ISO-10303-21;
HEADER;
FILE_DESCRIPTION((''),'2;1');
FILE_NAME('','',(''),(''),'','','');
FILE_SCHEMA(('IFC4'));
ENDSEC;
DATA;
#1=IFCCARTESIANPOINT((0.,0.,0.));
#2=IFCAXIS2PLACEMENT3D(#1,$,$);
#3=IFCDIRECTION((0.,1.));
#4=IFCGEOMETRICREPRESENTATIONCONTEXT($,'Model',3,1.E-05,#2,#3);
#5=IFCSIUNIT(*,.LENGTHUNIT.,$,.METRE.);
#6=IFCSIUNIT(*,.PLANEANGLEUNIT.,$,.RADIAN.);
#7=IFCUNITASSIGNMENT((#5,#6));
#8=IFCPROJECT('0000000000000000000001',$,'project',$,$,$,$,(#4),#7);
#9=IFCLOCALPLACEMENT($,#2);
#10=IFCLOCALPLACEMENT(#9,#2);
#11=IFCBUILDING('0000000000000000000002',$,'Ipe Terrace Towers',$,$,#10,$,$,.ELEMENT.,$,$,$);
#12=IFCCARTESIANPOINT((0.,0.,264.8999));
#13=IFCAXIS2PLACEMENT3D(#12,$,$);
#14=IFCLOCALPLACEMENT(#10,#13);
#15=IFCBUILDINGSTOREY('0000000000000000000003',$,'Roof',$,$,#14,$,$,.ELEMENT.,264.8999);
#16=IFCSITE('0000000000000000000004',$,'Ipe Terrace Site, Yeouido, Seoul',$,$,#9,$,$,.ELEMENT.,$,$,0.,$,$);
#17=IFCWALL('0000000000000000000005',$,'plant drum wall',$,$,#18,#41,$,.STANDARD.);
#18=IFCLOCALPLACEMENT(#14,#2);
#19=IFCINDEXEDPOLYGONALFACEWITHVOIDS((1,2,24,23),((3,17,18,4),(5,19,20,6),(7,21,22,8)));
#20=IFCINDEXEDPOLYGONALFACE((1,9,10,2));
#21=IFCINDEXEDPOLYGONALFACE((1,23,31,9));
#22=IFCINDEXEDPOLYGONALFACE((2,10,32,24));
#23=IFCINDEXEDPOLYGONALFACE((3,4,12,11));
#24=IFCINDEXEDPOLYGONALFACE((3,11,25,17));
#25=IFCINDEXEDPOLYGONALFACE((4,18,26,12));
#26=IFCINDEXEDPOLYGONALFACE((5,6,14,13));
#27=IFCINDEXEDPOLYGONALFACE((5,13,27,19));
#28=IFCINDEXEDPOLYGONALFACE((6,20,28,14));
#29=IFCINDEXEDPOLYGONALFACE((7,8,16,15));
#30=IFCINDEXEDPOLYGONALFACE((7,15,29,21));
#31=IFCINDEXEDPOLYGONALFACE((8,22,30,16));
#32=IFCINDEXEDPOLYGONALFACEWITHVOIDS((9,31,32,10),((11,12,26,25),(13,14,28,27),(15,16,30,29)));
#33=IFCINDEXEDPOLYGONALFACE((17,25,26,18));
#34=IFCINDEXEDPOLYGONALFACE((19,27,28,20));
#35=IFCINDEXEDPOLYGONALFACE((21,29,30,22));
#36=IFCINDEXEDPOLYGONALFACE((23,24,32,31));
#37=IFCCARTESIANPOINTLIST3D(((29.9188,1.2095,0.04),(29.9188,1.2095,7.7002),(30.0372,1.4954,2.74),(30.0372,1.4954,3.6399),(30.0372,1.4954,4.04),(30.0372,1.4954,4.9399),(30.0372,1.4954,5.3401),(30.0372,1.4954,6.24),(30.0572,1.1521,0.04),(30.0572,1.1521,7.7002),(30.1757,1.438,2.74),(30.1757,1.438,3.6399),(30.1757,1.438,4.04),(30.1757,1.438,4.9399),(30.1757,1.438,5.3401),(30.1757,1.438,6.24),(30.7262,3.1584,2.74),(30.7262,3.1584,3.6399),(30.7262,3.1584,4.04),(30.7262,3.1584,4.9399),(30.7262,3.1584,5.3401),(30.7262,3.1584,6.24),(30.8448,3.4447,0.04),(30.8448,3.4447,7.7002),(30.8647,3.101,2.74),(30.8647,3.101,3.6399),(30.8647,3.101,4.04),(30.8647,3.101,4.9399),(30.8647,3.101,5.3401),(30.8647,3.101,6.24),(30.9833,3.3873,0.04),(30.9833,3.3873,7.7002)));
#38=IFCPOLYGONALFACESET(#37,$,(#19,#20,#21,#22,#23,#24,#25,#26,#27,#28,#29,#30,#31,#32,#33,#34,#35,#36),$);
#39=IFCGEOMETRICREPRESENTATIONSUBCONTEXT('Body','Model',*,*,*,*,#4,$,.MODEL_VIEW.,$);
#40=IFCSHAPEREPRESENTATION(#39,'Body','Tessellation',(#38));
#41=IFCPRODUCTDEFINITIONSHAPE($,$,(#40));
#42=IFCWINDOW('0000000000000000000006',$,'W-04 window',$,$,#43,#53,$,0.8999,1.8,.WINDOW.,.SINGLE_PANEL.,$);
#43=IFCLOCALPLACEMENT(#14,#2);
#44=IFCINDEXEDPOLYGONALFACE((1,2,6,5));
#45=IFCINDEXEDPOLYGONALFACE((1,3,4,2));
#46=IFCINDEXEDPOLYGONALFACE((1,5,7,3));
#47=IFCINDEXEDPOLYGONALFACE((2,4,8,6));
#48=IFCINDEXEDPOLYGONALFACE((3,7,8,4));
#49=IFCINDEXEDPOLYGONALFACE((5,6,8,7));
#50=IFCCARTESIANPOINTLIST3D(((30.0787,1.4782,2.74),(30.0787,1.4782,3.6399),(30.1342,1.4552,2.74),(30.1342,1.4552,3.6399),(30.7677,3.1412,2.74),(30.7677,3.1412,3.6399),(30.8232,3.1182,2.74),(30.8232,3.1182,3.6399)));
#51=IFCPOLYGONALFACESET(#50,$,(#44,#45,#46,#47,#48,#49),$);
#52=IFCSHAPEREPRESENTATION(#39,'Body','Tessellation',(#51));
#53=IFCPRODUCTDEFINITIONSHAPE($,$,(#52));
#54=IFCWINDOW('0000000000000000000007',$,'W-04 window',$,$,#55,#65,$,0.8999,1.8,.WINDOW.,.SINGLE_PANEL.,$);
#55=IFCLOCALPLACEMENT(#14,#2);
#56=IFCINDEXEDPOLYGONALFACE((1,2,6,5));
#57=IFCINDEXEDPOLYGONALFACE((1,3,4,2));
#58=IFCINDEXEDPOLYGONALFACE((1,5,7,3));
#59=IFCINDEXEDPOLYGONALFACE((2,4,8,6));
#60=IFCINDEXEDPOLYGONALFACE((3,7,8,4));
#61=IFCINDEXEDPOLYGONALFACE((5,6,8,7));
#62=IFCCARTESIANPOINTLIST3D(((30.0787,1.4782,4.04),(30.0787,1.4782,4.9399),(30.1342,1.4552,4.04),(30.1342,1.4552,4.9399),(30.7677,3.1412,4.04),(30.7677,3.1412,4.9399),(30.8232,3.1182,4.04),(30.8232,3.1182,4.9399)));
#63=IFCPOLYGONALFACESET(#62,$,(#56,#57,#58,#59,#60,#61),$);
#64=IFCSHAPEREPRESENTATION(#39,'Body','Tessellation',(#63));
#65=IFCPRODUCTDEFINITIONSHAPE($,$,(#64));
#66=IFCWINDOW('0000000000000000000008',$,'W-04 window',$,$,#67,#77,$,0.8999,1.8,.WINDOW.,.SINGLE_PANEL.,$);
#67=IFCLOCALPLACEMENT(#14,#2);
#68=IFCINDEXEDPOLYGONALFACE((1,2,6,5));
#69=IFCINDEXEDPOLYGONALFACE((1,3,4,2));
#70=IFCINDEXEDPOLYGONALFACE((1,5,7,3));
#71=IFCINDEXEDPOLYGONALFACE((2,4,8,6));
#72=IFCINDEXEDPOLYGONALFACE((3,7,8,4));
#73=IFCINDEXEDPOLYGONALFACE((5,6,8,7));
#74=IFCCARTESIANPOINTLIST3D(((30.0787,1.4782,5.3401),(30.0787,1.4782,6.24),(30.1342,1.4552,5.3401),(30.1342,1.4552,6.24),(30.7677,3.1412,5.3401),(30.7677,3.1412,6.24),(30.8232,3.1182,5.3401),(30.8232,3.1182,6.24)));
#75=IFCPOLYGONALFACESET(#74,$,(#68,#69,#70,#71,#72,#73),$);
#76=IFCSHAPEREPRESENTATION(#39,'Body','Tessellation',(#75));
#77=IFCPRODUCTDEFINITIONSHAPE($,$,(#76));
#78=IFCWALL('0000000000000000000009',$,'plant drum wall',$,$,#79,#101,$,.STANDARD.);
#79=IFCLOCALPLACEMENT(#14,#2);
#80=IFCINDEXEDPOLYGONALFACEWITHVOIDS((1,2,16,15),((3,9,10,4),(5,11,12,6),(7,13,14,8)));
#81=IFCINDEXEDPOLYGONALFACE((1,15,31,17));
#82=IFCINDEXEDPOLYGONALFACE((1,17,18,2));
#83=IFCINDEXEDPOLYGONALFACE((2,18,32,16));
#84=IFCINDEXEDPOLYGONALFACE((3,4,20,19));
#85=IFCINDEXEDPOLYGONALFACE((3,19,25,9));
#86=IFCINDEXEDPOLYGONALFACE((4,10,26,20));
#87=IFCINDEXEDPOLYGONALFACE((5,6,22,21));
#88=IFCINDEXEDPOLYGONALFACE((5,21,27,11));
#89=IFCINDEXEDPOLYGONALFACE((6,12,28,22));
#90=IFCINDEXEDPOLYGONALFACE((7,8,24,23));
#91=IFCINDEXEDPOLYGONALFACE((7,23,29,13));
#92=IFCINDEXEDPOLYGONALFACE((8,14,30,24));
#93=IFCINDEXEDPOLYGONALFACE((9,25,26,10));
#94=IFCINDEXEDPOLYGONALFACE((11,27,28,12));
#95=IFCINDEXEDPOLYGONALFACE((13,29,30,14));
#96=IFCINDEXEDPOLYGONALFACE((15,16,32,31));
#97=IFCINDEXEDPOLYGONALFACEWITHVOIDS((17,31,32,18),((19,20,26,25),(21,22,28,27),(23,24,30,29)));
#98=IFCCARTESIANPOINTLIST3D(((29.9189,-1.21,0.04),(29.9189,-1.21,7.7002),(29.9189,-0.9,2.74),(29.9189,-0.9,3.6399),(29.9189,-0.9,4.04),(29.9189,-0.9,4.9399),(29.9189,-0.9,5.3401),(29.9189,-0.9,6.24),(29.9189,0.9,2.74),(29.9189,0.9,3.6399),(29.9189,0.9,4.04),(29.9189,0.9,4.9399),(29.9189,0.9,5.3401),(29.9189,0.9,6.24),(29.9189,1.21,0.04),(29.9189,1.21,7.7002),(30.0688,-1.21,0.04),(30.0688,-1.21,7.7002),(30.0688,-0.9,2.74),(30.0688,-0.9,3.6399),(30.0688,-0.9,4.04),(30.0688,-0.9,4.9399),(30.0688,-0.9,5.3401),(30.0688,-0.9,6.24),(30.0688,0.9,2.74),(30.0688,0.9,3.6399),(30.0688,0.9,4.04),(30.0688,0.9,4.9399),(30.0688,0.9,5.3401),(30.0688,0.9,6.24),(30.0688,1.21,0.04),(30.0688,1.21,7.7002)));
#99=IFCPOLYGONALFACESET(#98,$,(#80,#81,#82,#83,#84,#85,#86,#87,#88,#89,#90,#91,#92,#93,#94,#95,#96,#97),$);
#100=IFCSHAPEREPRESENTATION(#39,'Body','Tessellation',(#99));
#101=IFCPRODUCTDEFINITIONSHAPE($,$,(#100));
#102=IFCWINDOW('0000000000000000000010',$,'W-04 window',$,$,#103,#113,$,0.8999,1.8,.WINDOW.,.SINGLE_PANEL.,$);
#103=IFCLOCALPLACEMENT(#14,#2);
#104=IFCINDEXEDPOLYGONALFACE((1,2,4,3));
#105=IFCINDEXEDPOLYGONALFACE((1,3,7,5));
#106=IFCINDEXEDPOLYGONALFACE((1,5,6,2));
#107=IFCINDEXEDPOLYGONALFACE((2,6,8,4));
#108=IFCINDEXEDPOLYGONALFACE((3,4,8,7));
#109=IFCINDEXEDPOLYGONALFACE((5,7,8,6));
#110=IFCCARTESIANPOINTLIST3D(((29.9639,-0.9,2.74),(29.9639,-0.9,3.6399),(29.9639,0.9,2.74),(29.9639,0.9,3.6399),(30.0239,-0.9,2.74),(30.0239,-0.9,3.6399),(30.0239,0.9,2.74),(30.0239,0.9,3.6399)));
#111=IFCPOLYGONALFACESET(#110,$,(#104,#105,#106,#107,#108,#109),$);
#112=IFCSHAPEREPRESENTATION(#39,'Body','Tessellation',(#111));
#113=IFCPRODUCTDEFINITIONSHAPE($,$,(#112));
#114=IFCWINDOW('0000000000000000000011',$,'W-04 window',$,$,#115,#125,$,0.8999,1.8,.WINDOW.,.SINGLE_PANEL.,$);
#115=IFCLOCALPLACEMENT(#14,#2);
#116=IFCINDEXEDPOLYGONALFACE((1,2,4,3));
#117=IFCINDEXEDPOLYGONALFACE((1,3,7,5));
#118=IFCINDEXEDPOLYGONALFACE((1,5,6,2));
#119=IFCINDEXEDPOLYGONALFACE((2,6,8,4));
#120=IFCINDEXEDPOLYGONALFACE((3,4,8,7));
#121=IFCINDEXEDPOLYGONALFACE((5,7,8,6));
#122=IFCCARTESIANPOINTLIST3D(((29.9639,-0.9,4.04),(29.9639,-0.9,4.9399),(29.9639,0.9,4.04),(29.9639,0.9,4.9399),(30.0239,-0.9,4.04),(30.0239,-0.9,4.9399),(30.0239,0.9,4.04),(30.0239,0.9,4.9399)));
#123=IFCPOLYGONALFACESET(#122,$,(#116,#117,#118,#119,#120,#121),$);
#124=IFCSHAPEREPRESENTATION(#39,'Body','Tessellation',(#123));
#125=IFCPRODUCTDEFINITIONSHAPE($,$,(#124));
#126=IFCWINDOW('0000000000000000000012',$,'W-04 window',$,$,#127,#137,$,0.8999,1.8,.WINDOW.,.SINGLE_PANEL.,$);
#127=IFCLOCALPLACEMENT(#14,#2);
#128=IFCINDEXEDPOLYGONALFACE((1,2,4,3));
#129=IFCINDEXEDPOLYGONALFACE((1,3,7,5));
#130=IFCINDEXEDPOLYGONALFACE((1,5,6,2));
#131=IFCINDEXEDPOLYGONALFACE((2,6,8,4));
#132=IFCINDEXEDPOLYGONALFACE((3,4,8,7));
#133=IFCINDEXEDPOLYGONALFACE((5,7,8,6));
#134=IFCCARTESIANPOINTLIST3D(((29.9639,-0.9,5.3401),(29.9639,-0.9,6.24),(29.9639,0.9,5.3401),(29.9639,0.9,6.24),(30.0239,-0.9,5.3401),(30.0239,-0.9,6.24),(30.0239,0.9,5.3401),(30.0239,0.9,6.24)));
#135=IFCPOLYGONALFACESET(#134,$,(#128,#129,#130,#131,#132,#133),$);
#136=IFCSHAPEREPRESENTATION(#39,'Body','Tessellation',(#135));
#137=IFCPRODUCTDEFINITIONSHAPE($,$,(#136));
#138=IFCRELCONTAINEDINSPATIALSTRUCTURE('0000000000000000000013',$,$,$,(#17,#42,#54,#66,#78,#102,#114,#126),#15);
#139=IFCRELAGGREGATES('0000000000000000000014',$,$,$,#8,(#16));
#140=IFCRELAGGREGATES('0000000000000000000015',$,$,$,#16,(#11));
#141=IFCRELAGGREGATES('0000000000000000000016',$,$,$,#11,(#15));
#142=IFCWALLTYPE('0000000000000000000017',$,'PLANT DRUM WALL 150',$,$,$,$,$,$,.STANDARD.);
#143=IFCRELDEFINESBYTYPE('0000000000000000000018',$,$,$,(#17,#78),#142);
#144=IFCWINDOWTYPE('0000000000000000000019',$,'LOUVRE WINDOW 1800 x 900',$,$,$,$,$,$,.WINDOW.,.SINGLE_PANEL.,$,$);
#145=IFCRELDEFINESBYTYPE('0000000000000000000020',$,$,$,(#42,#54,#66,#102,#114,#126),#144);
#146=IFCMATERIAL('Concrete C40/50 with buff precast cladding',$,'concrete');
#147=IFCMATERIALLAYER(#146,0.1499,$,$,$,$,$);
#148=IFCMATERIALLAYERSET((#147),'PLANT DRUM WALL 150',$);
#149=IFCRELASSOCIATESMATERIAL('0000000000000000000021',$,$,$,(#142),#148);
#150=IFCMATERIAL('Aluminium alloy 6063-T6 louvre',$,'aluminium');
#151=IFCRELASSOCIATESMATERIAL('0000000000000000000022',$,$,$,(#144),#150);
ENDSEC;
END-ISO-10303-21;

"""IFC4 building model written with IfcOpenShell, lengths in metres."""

from ifc_helpers import new_model, si_unit, direction, frame, frame_2d, origin, place, context, subcontext, project, spatial, rectangle, extrude, material, layer, layer_set, type_object, element, fill, save


model = new_model("IFC4")

# Units and contexts
model_context = context("Model", 3, precision=1e-05, world=origin(), true_north=direction((0.0, 1.0)))
body_context = subcontext(model_context, "Body", "Model", "MODEL_VIEW")
ifc_project = project(units=[si_unit("LENGTHUNIT", "METRE"), si_unit("PLANEANGLEUNIT", "RADIAN")], contexts=[model_context])

# Site, building, storey
site_placement = place(None, origin())
site = spatial("IfcSite", under=ifc_project, at=site_placement, Name="Ipe Terrace Site, Yeouido, Seoul", CompositionType="ELEMENT", RefElevation=0.0)
building_placement = place(site_placement, origin())
building = spatial("IfcBuilding", under=site, at=building_placement, Name="Ipe Terrace Towers", CompositionType="ELEMENT")
storey_placement = place(building_placement, frame((0.0, 0.0, 264.8999)))
storey = spatial("IfcBuildingStorey", under=building, at=storey_placement, Name="Roof", CompositionType="ELEMENT", Elevation=264.8999)

# Walls, openings, windows
ifc_material_1 = material(Name="Concrete C40/50 with buff precast cladding", Category="concrete")
ifc_layer_1 = layer(ifc_material_1, 0.1499)
ifc_layer_set_1 = layer_set([ifc_layer_1], Name="PLANT DRUM WALL 150")
wall_type_1 = type_object("IfcWallType", Name="PLANT DRUM WALL 150", PredefinedType="STANDARD", material=ifc_layer_set_1)
ifc_material_2 = material(Name="Aluminium alloy 6063-T6 louvre", Category="aluminium")
window_type = type_object("IfcWindowType", Name="LOUVRE WINDOW 1800 x 900", PartitioningType="SINGLE_PANEL", PredefinedType="WINDOW", material=ifc_material_2)
wall_1_placement = place(storey_placement, frame((30.9141, 3.416, 0.04), z_axis=(0.0, 0.0, 1.0), x_axis=(-0.382759, -0.923848, 0.0)))
wall_1 = element("IfcWall", 1, at=wall_1_placement, inside=storey, type_object=wall_type_1, Name="plant drum wall", PredefinedType="STANDARD", context=body_context, shape_type="SweptSolid", body=[
    extrude(rectangle(XDim=2.4194, YDim=0.1499, at=frame_2d((1.2097, 0.0))), origin(), (0.0, 0.0, 1.0), 7.6602),
])
opening_1_placement = place(wall_1_placement, frame((0.3101, 0.0, 2.7)))
opening_1 = element("IfcOpeningElement", 2, at=opening_1_placement, cuts=wall_1, PredefinedType="OPENING", context=body_context, shape_type="SweptSolid", body=[
    extrude(rectangle(XDim=1.8, YDim=0.8999, at=frame_2d((0.8999, 0.45))), frame((0.0, 0.085, 0.0), z_axis=(0.0, -1.0, 0.0), x_axis=(1.0, 0.0, 0.0)), (0.0, 0.0, 1.0), 0.1699),
])
opening_2_placement = place(wall_1_placement, frame((0.3101, 0.0, 4.0)))
opening_2 = element("IfcOpeningElement", 3, at=opening_2_placement, cuts=wall_1, PredefinedType="OPENING", context=body_context, shape_type="SweptSolid", body=[
    extrude(rectangle(XDim=1.8, YDim=0.8999, at=frame_2d((0.8999, 0.45))), frame((0.0, 0.085, 0.0), z_axis=(0.0, -1.0, 0.0), x_axis=(1.0, 0.0, 0.0)), (0.0, 0.0, 1.0), 0.1699),
])
opening_3_placement = place(wall_1_placement, frame((0.3101, 0.0, 5.3)))
opening_3 = element("IfcOpeningElement", 4, at=opening_3_placement, cuts=wall_1, PredefinedType="OPENING", context=body_context, shape_type="SweptSolid", body=[
    extrude(rectangle(XDim=1.8, YDim=0.8999, at=frame_2d((0.8999, 0.45))), frame((0.0, 0.085, 0.0), z_axis=(0.0, -1.0, 0.0), x_axis=(1.0, 0.0, 0.0)), (0.0, 0.0, 1.0), 0.1699),
])
window_1_placement = place(opening_1_placement, origin())
window_1 = element("IfcWindow", 5, at=window_1_placement, inside=storey, type_object=window_type, Name="W-04 window", OverallHeight=0.8999, OverallWidth=1.8, PartitioningType="SINGLE_PANEL", PredefinedType="WINDOW", context=body_context, shape_type="SweptSolid", body=[
    extrude(rectangle(XDim=1.8, YDim=0.8999, at=frame_2d((0.8999, 0.45))), frame((0.0, 0.03, 0.0), z_axis=(0.0, -1.0, 0.0), x_axis=(1.0, 0.0, 0.0)), (0.0, 0.0, 1.0), 0.0601),
])
fill(opening_1, window_1)
window_2_placement = place(opening_2_placement, origin())
window_2 = element("IfcWindow", 6, at=window_2_placement, inside=storey, type_object=window_type, Name="W-04 window", OverallHeight=0.8999, OverallWidth=1.8, PartitioningType="SINGLE_PANEL", PredefinedType="WINDOW", context=body_context, shape_type="SweptSolid", body=[
    extrude(rectangle(XDim=1.8, YDim=0.8999, at=frame_2d((0.8999, 0.45))), frame((0.0, 0.03, 0.0), z_axis=(0.0, -1.0, 0.0), x_axis=(1.0, 0.0, 0.0)), (0.0, 0.0, 1.0), 0.0601),
])
fill(opening_2, window_2)
window_3_placement = place(opening_3_placement, origin())
window_3 = element("IfcWindow", 7, at=window_3_placement, inside=storey, type_object=window_type, Name="W-04 window", OverallHeight=0.8999, OverallWidth=1.8, PartitioningType="SINGLE_PANEL", PredefinedType="WINDOW", context=body_context, shape_type="SweptSolid", body=[
    extrude(rectangle(XDim=1.8, YDim=0.8999, at=frame_2d((0.8999, 0.45))), frame((0.0, 0.03, 0.0), z_axis=(0.0, -1.0, 0.0), x_axis=(1.0, 0.0, 0.0)), (0.0, 0.0, 1.0), 0.0601),
])
fill(opening_3, window_3)
wall_2_placement = place(storey_placement, frame((29.9939, 1.21, 0.04), z_axis=(0.0, 0.0, 1.0), x_axis=(0.0, -1.0, 0.0)))
wall_2 = element("IfcWall", 8, at=wall_2_placement, inside=storey, type_object=wall_type_1, Name="plant drum wall", PredefinedType="STANDARD", context=body_context, shape_type="SweptSolid", body=[
    extrude(rectangle(XDim=2.4199, YDim=0.1499, at=frame_2d((1.21, 0.0))), origin(), (0.0, 0.0, 1.0), 7.6602),
])
opening_4_placement = place(wall_2_placement, frame((0.3101, 0.0, 2.7)))
opening_4 = element("IfcOpeningElement", 9, at=opening_4_placement, cuts=wall_2, PredefinedType="OPENING", context=body_context, shape_type="SweptSolid", body=[
    extrude(rectangle(XDim=1.8, YDim=0.8999, at=frame_2d((0.8999, 0.45))), frame((0.0, 0.085, 0.0), z_axis=(0.0, -1.0, 0.0), x_axis=(1.0, 0.0, 0.0)), (0.0, 0.0, 1.0), 0.1699),
])
opening_5_placement = place(wall_2_placement, frame((0.3101, 0.0, 4.0)))
opening_5 = element("IfcOpeningElement", 10, at=opening_5_placement, cuts=wall_2, PredefinedType="OPENING", context=body_context, shape_type="SweptSolid", body=[
    extrude(rectangle(XDim=1.8, YDim=0.8999, at=frame_2d((0.8999, 0.45))), frame((0.0, 0.085, 0.0), z_axis=(0.0, -1.0, 0.0), x_axis=(1.0, 0.0, 0.0)), (0.0, 0.0, 1.0), 0.1699),
])
opening_6_placement = place(wall_2_placement, frame((0.3101, 0.0, 5.3)))
opening_6 = element("IfcOpeningElement", 11, at=opening_6_placement, cuts=wall_2, PredefinedType="OPENING", context=body_context, shape_type="SweptSolid", body=[
    extrude(rectangle(XDim=1.8, YDim=0.8999, at=frame_2d((0.8999, 0.45))), frame((0.0, 0.085, 0.0), z_axis=(0.0, -1.0, 0.0), x_axis=(1.0, 0.0, 0.0)), (0.0, 0.0, 1.0), 0.1699),
])
window_4_placement = place(opening_4_placement, origin())
window_4 = element("IfcWindow", 12, at=window_4_placement, inside=storey, type_object=window_type, Name="W-04 window", OverallHeight=0.8999, OverallWidth=1.8, PartitioningType="SINGLE_PANEL", PredefinedType="WINDOW", context=body_context, shape_type="SweptSolid", body=[
    extrude(rectangle(XDim=1.8, YDim=0.8999, at=frame_2d((0.8999, 0.45))), frame((0.0, 0.03, 0.0), z_axis=(0.0, -1.0, 0.0), x_axis=(1.0, 0.0, 0.0)), (0.0, 0.0, 1.0), 0.0601),
])
fill(opening_4, window_4)
window_5_placement = place(opening_5_placement, origin())
window_5 = element("IfcWindow", 13, at=window_5_placement, inside=storey, type_object=window_type, Name="W-04 window", OverallHeight=0.8999, OverallWidth=1.8, PartitioningType="SINGLE_PANEL", PredefinedType="WINDOW", context=body_context, shape_type="SweptSolid", body=[
    extrude(rectangle(XDim=1.8, YDim=0.8999, at=frame_2d((0.8999, 0.45))), frame((0.0, 0.03, 0.0), z_axis=(0.0, -1.0, 0.0), x_axis=(1.0, 0.0, 0.0)), (0.0, 0.0, 1.0), 0.0601),
])
fill(opening_5, window_5)
window_6_placement = place(opening_6_placement, origin())
window_6 = element("IfcWindow", 14, at=window_6_placement, inside=storey, type_object=window_type, Name="W-04 window", OverallHeight=0.8999, OverallWidth=1.8, PartitioningType="SINGLE_PANEL", PredefinedType="WINDOW", context=body_context, shape_type="SweptSolid", body=[
    extrude(rectangle(XDim=1.8, YDim=0.8999, at=frame_2d((0.8999, 0.45))), frame((0.0, 0.03, 0.0), z_axis=(0.0, -1.0, 0.0), x_axis=(1.0, 0.0, 0.0)), (0.0, 0.0, 1.0), 0.0601),
])
fill(opening_6, window_6)

save(model, "model.ifc")
